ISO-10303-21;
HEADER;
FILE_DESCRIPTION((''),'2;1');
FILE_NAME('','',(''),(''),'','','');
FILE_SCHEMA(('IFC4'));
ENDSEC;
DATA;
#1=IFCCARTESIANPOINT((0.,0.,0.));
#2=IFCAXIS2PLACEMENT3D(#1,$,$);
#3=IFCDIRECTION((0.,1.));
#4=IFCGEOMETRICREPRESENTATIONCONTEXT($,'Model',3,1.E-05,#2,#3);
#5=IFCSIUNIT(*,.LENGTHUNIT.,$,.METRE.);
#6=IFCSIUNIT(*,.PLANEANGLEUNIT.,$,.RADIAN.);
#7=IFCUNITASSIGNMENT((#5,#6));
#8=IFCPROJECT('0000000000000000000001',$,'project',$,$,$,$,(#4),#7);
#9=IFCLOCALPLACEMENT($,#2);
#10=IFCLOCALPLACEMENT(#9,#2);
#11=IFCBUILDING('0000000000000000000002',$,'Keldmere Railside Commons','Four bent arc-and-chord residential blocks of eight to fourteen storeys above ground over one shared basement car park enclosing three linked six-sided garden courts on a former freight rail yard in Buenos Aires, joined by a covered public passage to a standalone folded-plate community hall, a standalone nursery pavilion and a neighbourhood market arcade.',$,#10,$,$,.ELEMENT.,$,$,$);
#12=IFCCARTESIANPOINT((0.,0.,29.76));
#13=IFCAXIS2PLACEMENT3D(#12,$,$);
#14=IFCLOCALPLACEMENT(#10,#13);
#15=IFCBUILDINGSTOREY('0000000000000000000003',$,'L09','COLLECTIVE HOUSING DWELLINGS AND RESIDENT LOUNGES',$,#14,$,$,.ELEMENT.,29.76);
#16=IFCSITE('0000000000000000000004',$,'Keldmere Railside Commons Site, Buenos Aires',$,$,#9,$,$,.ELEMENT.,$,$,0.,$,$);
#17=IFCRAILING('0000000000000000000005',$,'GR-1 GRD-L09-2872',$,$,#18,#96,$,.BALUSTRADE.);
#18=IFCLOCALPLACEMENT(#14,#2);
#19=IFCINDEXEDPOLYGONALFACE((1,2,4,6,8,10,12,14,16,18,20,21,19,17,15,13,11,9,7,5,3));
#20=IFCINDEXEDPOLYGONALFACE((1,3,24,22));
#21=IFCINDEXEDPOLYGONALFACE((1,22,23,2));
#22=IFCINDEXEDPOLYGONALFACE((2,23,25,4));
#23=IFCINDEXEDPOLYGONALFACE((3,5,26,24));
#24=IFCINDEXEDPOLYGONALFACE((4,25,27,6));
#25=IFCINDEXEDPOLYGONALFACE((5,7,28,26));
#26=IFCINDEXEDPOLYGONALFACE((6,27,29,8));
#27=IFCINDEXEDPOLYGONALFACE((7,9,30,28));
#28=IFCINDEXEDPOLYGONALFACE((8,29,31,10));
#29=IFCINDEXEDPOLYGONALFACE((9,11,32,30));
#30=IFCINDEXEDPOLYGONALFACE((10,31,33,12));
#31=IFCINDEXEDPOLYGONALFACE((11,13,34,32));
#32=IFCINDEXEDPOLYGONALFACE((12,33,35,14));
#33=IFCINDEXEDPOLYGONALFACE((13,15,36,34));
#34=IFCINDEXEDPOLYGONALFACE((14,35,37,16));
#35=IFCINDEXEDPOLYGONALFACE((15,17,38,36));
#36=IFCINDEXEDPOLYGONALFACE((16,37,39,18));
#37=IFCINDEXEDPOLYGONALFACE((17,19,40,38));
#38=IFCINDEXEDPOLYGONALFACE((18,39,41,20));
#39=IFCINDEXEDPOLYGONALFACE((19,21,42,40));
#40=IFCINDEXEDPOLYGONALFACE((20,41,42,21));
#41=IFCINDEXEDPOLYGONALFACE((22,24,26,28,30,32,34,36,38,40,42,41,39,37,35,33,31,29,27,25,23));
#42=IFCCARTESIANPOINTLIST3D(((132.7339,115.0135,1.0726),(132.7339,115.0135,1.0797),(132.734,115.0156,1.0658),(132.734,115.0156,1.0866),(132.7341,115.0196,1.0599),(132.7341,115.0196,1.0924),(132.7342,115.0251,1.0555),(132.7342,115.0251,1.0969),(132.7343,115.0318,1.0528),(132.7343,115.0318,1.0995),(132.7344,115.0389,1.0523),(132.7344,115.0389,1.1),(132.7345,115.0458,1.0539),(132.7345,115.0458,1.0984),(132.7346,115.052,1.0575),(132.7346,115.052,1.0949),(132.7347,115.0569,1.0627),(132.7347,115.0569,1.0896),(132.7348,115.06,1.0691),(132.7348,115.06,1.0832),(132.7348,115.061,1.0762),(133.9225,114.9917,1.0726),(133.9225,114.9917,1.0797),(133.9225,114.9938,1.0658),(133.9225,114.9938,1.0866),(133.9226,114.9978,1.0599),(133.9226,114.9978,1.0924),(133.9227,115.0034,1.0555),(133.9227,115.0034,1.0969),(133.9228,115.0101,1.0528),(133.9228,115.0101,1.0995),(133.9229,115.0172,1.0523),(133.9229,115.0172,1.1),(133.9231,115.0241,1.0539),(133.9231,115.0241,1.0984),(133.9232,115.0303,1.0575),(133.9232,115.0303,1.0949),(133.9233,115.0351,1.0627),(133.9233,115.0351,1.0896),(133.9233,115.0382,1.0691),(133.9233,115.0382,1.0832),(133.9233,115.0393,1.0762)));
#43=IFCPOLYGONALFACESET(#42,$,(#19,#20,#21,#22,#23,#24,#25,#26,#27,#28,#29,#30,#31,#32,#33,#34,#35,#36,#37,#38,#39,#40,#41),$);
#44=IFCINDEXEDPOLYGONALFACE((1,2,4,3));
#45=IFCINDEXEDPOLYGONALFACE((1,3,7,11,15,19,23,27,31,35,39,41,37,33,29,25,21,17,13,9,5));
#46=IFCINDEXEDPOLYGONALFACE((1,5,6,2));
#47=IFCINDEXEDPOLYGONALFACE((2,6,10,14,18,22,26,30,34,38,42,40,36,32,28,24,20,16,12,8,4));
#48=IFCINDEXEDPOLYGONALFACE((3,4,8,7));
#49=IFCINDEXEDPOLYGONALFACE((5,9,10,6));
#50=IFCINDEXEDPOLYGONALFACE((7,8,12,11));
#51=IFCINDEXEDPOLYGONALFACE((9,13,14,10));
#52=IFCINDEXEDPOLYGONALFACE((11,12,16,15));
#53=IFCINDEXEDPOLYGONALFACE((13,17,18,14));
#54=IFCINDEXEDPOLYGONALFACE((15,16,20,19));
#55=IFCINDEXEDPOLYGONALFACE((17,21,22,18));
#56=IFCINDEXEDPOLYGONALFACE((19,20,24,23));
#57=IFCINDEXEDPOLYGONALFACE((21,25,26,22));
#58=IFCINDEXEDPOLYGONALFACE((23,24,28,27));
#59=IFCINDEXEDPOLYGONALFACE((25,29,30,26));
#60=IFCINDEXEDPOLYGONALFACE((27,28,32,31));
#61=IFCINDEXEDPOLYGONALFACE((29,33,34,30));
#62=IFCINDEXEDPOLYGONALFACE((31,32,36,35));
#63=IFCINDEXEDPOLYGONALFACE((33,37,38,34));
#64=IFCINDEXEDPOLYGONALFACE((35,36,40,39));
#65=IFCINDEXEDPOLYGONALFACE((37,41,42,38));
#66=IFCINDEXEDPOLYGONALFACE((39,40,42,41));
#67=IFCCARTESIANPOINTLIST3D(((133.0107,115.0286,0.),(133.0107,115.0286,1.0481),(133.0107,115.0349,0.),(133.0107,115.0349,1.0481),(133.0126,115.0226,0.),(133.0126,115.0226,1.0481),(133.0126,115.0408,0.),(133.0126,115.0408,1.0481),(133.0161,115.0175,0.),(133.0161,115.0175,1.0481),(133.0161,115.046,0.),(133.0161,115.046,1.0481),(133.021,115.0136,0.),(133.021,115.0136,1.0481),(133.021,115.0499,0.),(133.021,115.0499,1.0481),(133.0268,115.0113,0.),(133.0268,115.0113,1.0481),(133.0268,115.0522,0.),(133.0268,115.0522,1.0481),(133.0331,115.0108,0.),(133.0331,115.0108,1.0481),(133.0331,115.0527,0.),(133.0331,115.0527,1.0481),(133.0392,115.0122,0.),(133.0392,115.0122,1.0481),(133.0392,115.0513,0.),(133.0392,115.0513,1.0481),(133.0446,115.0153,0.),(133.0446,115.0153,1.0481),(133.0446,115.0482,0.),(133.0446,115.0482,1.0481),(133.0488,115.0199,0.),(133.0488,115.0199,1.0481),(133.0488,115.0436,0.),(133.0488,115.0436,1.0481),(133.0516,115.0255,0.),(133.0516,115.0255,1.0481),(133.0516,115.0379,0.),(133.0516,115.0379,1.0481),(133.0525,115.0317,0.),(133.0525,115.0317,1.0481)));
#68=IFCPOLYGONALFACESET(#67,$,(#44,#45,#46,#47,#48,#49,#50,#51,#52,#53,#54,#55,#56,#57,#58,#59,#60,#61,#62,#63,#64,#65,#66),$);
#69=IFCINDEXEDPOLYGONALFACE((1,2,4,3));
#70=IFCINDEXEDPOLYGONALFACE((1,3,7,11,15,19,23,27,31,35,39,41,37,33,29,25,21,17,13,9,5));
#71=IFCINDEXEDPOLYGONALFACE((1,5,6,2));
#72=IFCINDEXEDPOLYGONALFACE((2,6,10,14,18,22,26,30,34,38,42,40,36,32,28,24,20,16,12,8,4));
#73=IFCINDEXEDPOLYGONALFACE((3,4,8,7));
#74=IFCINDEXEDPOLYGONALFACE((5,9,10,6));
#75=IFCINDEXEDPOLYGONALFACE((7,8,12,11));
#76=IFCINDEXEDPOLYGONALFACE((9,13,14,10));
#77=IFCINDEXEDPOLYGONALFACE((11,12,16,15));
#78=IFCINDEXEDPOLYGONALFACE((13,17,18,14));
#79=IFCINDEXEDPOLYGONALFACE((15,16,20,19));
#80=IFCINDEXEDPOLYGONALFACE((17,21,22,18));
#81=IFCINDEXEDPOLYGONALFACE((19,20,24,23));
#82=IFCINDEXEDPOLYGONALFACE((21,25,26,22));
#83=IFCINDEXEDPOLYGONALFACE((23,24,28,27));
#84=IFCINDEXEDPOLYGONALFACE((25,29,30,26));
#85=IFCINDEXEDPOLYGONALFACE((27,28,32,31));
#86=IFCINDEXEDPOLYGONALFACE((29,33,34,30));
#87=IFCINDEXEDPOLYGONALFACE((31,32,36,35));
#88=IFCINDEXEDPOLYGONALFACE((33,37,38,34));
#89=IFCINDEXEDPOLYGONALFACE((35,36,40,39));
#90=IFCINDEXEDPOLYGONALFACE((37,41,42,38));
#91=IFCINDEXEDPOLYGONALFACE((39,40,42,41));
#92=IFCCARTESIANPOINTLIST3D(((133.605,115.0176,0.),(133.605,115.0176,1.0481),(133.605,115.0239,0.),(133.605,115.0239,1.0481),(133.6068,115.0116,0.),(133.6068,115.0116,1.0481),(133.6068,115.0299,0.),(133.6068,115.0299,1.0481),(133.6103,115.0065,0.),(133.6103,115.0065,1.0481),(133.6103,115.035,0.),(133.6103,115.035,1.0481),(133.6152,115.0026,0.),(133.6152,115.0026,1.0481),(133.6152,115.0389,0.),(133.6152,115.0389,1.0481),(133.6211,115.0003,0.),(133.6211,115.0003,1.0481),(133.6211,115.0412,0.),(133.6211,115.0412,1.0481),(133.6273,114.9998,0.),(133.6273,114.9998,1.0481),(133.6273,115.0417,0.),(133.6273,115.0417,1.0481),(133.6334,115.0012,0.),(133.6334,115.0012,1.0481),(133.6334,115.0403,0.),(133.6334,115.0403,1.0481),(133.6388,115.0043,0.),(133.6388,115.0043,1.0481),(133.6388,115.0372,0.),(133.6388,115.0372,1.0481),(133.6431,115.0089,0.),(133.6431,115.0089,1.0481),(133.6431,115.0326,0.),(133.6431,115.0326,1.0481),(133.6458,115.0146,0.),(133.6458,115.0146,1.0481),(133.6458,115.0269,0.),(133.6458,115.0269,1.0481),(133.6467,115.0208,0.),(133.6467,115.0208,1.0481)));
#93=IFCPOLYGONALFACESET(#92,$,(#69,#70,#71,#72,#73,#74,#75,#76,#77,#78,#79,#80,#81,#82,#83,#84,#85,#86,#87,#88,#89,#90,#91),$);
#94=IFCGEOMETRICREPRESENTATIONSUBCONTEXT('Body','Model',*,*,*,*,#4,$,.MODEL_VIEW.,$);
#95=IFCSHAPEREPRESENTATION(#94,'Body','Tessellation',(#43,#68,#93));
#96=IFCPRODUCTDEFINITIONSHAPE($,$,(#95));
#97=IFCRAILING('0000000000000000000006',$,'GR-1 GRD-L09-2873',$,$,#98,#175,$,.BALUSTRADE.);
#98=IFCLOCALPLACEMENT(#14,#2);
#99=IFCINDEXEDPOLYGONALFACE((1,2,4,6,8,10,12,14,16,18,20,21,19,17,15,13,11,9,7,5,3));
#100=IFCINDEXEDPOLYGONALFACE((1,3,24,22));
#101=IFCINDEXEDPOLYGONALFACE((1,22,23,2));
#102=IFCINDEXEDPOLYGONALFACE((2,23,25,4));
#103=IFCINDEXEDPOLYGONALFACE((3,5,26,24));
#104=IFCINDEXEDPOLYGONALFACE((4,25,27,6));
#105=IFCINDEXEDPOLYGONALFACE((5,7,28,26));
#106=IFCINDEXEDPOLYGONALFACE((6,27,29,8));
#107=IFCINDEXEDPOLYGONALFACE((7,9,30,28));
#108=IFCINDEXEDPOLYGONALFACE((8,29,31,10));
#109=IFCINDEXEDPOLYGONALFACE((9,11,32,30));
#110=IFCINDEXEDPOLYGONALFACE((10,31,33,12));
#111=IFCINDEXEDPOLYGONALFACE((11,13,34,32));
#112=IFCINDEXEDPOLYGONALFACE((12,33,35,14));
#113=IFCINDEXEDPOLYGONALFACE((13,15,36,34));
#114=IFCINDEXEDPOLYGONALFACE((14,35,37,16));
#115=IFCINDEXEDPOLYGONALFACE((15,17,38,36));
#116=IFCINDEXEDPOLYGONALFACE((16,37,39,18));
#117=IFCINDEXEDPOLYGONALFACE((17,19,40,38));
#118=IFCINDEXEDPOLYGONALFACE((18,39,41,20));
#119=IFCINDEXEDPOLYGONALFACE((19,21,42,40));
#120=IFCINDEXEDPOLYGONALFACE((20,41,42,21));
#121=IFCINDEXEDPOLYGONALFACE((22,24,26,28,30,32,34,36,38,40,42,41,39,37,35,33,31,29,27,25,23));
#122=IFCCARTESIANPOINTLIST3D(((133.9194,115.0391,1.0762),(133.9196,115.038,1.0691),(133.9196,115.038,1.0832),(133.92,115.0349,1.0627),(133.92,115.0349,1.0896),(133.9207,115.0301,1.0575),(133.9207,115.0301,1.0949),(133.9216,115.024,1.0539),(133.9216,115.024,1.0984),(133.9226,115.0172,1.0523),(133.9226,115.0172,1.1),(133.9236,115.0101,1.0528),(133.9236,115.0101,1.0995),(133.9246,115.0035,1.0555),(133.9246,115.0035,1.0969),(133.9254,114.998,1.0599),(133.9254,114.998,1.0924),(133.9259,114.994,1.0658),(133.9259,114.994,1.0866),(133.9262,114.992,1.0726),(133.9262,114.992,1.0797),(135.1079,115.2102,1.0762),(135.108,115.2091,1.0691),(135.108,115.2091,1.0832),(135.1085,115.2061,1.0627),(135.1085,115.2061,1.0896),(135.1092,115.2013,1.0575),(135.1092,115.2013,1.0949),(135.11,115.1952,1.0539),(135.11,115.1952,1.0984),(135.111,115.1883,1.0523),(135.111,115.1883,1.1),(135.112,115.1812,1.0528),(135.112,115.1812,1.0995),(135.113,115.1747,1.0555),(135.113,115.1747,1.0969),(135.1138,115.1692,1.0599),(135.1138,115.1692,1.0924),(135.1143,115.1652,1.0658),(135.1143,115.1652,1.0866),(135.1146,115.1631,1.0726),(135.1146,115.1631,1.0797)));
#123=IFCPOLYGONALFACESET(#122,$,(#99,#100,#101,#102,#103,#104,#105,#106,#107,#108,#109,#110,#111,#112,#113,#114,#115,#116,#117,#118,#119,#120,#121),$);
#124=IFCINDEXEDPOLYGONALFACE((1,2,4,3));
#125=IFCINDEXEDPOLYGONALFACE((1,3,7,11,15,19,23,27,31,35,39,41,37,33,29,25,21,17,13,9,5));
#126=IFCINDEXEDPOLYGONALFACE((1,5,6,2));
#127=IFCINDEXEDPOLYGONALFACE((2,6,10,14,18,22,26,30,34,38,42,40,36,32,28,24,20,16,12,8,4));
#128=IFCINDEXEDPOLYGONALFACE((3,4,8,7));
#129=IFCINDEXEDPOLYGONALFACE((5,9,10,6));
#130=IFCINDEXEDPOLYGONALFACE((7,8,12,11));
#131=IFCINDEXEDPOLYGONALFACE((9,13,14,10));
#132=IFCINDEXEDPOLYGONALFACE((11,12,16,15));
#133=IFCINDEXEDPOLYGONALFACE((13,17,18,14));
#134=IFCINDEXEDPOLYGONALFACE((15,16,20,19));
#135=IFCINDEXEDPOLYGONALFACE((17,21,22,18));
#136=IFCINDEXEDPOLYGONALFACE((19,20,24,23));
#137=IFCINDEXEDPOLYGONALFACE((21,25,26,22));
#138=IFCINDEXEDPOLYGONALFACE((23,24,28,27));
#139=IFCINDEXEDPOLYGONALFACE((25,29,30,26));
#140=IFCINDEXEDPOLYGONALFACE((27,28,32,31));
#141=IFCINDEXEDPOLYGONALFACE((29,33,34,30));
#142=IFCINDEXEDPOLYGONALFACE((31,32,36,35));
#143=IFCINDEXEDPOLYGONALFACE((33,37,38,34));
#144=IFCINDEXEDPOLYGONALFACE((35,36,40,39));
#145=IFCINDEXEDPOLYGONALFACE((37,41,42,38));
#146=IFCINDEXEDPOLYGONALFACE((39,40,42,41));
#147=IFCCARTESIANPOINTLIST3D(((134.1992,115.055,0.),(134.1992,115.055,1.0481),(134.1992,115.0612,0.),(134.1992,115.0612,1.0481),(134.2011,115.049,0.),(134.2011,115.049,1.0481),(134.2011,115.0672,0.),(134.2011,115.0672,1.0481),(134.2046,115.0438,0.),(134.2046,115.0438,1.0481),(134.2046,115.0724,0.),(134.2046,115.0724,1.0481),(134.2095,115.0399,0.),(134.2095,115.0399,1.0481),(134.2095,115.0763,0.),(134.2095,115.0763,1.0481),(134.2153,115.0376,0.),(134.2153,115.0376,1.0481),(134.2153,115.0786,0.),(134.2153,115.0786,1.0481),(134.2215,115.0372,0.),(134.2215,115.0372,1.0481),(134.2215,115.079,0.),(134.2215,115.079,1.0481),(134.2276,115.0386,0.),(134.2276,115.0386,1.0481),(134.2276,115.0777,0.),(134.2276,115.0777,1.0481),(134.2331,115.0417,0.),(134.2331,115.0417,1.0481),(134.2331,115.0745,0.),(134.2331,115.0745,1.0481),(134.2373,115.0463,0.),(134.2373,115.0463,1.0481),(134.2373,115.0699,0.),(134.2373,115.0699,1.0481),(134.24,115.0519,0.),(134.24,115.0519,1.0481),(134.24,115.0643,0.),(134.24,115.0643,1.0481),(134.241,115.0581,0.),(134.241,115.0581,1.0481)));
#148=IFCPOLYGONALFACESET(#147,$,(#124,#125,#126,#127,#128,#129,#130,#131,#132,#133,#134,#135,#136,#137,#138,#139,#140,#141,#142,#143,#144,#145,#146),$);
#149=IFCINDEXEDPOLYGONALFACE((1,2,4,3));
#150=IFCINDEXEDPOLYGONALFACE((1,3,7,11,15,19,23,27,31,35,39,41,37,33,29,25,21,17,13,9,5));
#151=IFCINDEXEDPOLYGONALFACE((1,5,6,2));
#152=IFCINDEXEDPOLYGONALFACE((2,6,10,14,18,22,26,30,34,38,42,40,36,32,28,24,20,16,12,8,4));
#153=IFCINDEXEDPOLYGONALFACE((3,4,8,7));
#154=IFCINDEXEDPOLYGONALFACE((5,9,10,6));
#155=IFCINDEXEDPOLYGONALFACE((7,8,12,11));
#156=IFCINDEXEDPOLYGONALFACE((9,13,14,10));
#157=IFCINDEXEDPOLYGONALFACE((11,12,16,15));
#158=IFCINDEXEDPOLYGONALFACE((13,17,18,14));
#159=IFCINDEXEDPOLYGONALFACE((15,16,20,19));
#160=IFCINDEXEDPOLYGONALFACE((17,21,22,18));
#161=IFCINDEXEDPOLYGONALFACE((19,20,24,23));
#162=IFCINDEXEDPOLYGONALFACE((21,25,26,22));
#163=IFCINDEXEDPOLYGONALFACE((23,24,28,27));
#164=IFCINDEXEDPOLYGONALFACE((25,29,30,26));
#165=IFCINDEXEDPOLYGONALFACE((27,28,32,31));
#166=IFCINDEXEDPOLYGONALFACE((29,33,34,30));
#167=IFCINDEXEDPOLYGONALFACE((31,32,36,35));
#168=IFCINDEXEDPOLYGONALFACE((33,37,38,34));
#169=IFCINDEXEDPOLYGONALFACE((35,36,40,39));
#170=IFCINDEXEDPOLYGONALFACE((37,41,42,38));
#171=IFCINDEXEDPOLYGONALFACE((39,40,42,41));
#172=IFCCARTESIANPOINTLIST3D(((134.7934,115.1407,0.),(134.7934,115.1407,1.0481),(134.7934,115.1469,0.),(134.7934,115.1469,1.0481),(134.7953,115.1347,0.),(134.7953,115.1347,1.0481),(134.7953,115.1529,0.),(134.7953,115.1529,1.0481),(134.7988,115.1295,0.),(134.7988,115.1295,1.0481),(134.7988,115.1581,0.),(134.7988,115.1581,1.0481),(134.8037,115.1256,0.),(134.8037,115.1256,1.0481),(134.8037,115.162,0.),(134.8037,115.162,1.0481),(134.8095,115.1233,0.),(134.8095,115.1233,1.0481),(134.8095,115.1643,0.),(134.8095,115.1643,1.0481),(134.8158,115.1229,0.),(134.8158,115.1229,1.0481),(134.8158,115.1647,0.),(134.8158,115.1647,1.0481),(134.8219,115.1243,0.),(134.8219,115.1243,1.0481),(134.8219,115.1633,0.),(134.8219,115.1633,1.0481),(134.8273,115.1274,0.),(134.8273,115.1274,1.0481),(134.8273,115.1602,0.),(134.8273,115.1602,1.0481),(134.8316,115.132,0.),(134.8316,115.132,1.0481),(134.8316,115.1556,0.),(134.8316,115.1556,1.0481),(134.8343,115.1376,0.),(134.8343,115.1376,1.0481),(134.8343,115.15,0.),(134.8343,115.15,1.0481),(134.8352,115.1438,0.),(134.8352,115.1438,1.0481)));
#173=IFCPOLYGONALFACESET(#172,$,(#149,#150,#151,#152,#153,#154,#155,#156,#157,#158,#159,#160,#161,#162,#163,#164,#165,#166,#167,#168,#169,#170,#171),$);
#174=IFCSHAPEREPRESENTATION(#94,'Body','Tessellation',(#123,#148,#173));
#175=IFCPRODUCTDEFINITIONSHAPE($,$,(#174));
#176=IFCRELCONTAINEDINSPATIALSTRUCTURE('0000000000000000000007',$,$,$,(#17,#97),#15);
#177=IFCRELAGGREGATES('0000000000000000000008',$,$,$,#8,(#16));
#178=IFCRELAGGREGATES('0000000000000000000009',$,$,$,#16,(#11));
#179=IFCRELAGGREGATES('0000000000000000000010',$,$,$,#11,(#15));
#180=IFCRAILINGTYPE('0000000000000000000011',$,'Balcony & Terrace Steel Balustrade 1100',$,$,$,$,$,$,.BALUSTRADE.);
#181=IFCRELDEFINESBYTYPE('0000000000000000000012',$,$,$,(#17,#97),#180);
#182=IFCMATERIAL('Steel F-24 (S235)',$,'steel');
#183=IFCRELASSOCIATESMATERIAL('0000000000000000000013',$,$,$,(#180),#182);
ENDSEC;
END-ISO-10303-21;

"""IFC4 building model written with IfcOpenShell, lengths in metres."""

from ifc_helpers import new_model, si_unit, direction, frame, origin, origin_2d, place, context, subcontext, project, spatial, circle, extrude, material, type_object, element, save


model = new_model("IFC4")

# Units and contexts
model_context = context("Model", 3, precision=1e-05, world=origin(), true_north=direction((0.0, 1.0)))
body_context = subcontext(model_context, "Body", "Model", "MODEL_VIEW")
ifc_project = project(units=[si_unit("LENGTHUNIT", "METRE"), si_unit("PLANEANGLEUNIT", "RADIAN")], contexts=[model_context])

# Site, building, storey
site_placement = place(None, origin())
site = spatial("IfcSite", under=ifc_project, at=site_placement, Name="Keldmere Railside Commons Site, Buenos Aires", CompositionType="ELEMENT", RefElevation=0.0)
building_placement = place(site_placement, origin())
building = spatial("IfcBuilding", under=site, at=building_placement, Name="Keldmere Railside Commons", Description="Four bent arc-and-chord residential blocks of eight to fourteen storeys above ground over one shared basement car park enclosing three linked six-sided garden courts on a former freight rail yard in Buenos Aires, joined by a covered public passage to a standalone folded-plate community hall, a standalone nursery pavilion and a neighbourhood market arcade.", CompositionType="ELEMENT")
storey_placement = place(building_placement, frame((0.0, 0.0, 29.76)))
storey = spatial("IfcBuildingStorey", under=building, at=storey_placement, Name="L09", Description="COLLECTIVE HOUSING DWELLINGS AND RESIDENT LOUNGES", CompositionType="ELEMENT", Elevation=29.76)

# Shared definitions
ifc_material_1 = material(Name="Steel F-24 (S235)", Category="steel")

# Railings
railing_type = type_object("IfcRailingType", Name="Balcony & Terrace Steel Balustrade 1100", PredefinedType="BALUSTRADE", material=ifc_material_1)
railing_1_placement = place(storey_placement, frame((132.7344, 115.0371, 0.0)))
element("IfcRailing", 1, at=railing_1_placement, inside=storey, type_object=railing_type, Name="GR-1 GRD-L09-2872", PredefinedType="BALUSTRADE", context=body_context, shape_type="SweptSolid", body=[
    extrude(circle(Radius=0.0239, at=origin_2d()), frame((0.0, 0.0, 1.0762), z_axis=(0.999833, -0.01828, 0.0), x_axis=(0.01828, 0.999833, 0.0)), (0.0, 0.0, 1.0), 1.1887),
    extrude(circle(Radius=0.021, at=origin_2d()), frame((0.2971, -0.0054, 0.0)), (0.0, 0.0, 1.0), 1.0481),
    extrude(circle(Radius=0.021, at=origin_2d()), frame((0.8914, -0.0164, 0.0)), (0.0, 0.0, 1.0), 1.0481),
])
railing_2_placement = place(storey_placement, frame((133.9229, 115.0154, 0.0)))
element("IfcRailing", 2, at=railing_2_placement, inside=storey, type_object=railing_type, Name="GR-1 GRD-L09-2873", PredefinedType="BALUSTRADE", context=body_context, shape_type="SweptSolid", body=[
    extrude(circle(Radius=0.0239, at=origin_2d()), frame((0.0, 0.0, 1.0762), z_axis=(0.98979, 0.142531, 0.0), x_axis=(-0.142531, 0.98979, 0.0)), (0.0, 0.0, 1.0), 1.2007),
    extrude(circle(Radius=0.021, at=origin_2d()), frame((0.2971, 0.0427, 0.0)), (0.0, 0.0, 1.0), 1.0481),
    extrude(circle(Radius=0.021, at=origin_2d()), frame((0.8914, 0.1284, 0.0)), (0.0, 0.0, 1.0), 1.0481),
])

save(model, "model.ifc")
